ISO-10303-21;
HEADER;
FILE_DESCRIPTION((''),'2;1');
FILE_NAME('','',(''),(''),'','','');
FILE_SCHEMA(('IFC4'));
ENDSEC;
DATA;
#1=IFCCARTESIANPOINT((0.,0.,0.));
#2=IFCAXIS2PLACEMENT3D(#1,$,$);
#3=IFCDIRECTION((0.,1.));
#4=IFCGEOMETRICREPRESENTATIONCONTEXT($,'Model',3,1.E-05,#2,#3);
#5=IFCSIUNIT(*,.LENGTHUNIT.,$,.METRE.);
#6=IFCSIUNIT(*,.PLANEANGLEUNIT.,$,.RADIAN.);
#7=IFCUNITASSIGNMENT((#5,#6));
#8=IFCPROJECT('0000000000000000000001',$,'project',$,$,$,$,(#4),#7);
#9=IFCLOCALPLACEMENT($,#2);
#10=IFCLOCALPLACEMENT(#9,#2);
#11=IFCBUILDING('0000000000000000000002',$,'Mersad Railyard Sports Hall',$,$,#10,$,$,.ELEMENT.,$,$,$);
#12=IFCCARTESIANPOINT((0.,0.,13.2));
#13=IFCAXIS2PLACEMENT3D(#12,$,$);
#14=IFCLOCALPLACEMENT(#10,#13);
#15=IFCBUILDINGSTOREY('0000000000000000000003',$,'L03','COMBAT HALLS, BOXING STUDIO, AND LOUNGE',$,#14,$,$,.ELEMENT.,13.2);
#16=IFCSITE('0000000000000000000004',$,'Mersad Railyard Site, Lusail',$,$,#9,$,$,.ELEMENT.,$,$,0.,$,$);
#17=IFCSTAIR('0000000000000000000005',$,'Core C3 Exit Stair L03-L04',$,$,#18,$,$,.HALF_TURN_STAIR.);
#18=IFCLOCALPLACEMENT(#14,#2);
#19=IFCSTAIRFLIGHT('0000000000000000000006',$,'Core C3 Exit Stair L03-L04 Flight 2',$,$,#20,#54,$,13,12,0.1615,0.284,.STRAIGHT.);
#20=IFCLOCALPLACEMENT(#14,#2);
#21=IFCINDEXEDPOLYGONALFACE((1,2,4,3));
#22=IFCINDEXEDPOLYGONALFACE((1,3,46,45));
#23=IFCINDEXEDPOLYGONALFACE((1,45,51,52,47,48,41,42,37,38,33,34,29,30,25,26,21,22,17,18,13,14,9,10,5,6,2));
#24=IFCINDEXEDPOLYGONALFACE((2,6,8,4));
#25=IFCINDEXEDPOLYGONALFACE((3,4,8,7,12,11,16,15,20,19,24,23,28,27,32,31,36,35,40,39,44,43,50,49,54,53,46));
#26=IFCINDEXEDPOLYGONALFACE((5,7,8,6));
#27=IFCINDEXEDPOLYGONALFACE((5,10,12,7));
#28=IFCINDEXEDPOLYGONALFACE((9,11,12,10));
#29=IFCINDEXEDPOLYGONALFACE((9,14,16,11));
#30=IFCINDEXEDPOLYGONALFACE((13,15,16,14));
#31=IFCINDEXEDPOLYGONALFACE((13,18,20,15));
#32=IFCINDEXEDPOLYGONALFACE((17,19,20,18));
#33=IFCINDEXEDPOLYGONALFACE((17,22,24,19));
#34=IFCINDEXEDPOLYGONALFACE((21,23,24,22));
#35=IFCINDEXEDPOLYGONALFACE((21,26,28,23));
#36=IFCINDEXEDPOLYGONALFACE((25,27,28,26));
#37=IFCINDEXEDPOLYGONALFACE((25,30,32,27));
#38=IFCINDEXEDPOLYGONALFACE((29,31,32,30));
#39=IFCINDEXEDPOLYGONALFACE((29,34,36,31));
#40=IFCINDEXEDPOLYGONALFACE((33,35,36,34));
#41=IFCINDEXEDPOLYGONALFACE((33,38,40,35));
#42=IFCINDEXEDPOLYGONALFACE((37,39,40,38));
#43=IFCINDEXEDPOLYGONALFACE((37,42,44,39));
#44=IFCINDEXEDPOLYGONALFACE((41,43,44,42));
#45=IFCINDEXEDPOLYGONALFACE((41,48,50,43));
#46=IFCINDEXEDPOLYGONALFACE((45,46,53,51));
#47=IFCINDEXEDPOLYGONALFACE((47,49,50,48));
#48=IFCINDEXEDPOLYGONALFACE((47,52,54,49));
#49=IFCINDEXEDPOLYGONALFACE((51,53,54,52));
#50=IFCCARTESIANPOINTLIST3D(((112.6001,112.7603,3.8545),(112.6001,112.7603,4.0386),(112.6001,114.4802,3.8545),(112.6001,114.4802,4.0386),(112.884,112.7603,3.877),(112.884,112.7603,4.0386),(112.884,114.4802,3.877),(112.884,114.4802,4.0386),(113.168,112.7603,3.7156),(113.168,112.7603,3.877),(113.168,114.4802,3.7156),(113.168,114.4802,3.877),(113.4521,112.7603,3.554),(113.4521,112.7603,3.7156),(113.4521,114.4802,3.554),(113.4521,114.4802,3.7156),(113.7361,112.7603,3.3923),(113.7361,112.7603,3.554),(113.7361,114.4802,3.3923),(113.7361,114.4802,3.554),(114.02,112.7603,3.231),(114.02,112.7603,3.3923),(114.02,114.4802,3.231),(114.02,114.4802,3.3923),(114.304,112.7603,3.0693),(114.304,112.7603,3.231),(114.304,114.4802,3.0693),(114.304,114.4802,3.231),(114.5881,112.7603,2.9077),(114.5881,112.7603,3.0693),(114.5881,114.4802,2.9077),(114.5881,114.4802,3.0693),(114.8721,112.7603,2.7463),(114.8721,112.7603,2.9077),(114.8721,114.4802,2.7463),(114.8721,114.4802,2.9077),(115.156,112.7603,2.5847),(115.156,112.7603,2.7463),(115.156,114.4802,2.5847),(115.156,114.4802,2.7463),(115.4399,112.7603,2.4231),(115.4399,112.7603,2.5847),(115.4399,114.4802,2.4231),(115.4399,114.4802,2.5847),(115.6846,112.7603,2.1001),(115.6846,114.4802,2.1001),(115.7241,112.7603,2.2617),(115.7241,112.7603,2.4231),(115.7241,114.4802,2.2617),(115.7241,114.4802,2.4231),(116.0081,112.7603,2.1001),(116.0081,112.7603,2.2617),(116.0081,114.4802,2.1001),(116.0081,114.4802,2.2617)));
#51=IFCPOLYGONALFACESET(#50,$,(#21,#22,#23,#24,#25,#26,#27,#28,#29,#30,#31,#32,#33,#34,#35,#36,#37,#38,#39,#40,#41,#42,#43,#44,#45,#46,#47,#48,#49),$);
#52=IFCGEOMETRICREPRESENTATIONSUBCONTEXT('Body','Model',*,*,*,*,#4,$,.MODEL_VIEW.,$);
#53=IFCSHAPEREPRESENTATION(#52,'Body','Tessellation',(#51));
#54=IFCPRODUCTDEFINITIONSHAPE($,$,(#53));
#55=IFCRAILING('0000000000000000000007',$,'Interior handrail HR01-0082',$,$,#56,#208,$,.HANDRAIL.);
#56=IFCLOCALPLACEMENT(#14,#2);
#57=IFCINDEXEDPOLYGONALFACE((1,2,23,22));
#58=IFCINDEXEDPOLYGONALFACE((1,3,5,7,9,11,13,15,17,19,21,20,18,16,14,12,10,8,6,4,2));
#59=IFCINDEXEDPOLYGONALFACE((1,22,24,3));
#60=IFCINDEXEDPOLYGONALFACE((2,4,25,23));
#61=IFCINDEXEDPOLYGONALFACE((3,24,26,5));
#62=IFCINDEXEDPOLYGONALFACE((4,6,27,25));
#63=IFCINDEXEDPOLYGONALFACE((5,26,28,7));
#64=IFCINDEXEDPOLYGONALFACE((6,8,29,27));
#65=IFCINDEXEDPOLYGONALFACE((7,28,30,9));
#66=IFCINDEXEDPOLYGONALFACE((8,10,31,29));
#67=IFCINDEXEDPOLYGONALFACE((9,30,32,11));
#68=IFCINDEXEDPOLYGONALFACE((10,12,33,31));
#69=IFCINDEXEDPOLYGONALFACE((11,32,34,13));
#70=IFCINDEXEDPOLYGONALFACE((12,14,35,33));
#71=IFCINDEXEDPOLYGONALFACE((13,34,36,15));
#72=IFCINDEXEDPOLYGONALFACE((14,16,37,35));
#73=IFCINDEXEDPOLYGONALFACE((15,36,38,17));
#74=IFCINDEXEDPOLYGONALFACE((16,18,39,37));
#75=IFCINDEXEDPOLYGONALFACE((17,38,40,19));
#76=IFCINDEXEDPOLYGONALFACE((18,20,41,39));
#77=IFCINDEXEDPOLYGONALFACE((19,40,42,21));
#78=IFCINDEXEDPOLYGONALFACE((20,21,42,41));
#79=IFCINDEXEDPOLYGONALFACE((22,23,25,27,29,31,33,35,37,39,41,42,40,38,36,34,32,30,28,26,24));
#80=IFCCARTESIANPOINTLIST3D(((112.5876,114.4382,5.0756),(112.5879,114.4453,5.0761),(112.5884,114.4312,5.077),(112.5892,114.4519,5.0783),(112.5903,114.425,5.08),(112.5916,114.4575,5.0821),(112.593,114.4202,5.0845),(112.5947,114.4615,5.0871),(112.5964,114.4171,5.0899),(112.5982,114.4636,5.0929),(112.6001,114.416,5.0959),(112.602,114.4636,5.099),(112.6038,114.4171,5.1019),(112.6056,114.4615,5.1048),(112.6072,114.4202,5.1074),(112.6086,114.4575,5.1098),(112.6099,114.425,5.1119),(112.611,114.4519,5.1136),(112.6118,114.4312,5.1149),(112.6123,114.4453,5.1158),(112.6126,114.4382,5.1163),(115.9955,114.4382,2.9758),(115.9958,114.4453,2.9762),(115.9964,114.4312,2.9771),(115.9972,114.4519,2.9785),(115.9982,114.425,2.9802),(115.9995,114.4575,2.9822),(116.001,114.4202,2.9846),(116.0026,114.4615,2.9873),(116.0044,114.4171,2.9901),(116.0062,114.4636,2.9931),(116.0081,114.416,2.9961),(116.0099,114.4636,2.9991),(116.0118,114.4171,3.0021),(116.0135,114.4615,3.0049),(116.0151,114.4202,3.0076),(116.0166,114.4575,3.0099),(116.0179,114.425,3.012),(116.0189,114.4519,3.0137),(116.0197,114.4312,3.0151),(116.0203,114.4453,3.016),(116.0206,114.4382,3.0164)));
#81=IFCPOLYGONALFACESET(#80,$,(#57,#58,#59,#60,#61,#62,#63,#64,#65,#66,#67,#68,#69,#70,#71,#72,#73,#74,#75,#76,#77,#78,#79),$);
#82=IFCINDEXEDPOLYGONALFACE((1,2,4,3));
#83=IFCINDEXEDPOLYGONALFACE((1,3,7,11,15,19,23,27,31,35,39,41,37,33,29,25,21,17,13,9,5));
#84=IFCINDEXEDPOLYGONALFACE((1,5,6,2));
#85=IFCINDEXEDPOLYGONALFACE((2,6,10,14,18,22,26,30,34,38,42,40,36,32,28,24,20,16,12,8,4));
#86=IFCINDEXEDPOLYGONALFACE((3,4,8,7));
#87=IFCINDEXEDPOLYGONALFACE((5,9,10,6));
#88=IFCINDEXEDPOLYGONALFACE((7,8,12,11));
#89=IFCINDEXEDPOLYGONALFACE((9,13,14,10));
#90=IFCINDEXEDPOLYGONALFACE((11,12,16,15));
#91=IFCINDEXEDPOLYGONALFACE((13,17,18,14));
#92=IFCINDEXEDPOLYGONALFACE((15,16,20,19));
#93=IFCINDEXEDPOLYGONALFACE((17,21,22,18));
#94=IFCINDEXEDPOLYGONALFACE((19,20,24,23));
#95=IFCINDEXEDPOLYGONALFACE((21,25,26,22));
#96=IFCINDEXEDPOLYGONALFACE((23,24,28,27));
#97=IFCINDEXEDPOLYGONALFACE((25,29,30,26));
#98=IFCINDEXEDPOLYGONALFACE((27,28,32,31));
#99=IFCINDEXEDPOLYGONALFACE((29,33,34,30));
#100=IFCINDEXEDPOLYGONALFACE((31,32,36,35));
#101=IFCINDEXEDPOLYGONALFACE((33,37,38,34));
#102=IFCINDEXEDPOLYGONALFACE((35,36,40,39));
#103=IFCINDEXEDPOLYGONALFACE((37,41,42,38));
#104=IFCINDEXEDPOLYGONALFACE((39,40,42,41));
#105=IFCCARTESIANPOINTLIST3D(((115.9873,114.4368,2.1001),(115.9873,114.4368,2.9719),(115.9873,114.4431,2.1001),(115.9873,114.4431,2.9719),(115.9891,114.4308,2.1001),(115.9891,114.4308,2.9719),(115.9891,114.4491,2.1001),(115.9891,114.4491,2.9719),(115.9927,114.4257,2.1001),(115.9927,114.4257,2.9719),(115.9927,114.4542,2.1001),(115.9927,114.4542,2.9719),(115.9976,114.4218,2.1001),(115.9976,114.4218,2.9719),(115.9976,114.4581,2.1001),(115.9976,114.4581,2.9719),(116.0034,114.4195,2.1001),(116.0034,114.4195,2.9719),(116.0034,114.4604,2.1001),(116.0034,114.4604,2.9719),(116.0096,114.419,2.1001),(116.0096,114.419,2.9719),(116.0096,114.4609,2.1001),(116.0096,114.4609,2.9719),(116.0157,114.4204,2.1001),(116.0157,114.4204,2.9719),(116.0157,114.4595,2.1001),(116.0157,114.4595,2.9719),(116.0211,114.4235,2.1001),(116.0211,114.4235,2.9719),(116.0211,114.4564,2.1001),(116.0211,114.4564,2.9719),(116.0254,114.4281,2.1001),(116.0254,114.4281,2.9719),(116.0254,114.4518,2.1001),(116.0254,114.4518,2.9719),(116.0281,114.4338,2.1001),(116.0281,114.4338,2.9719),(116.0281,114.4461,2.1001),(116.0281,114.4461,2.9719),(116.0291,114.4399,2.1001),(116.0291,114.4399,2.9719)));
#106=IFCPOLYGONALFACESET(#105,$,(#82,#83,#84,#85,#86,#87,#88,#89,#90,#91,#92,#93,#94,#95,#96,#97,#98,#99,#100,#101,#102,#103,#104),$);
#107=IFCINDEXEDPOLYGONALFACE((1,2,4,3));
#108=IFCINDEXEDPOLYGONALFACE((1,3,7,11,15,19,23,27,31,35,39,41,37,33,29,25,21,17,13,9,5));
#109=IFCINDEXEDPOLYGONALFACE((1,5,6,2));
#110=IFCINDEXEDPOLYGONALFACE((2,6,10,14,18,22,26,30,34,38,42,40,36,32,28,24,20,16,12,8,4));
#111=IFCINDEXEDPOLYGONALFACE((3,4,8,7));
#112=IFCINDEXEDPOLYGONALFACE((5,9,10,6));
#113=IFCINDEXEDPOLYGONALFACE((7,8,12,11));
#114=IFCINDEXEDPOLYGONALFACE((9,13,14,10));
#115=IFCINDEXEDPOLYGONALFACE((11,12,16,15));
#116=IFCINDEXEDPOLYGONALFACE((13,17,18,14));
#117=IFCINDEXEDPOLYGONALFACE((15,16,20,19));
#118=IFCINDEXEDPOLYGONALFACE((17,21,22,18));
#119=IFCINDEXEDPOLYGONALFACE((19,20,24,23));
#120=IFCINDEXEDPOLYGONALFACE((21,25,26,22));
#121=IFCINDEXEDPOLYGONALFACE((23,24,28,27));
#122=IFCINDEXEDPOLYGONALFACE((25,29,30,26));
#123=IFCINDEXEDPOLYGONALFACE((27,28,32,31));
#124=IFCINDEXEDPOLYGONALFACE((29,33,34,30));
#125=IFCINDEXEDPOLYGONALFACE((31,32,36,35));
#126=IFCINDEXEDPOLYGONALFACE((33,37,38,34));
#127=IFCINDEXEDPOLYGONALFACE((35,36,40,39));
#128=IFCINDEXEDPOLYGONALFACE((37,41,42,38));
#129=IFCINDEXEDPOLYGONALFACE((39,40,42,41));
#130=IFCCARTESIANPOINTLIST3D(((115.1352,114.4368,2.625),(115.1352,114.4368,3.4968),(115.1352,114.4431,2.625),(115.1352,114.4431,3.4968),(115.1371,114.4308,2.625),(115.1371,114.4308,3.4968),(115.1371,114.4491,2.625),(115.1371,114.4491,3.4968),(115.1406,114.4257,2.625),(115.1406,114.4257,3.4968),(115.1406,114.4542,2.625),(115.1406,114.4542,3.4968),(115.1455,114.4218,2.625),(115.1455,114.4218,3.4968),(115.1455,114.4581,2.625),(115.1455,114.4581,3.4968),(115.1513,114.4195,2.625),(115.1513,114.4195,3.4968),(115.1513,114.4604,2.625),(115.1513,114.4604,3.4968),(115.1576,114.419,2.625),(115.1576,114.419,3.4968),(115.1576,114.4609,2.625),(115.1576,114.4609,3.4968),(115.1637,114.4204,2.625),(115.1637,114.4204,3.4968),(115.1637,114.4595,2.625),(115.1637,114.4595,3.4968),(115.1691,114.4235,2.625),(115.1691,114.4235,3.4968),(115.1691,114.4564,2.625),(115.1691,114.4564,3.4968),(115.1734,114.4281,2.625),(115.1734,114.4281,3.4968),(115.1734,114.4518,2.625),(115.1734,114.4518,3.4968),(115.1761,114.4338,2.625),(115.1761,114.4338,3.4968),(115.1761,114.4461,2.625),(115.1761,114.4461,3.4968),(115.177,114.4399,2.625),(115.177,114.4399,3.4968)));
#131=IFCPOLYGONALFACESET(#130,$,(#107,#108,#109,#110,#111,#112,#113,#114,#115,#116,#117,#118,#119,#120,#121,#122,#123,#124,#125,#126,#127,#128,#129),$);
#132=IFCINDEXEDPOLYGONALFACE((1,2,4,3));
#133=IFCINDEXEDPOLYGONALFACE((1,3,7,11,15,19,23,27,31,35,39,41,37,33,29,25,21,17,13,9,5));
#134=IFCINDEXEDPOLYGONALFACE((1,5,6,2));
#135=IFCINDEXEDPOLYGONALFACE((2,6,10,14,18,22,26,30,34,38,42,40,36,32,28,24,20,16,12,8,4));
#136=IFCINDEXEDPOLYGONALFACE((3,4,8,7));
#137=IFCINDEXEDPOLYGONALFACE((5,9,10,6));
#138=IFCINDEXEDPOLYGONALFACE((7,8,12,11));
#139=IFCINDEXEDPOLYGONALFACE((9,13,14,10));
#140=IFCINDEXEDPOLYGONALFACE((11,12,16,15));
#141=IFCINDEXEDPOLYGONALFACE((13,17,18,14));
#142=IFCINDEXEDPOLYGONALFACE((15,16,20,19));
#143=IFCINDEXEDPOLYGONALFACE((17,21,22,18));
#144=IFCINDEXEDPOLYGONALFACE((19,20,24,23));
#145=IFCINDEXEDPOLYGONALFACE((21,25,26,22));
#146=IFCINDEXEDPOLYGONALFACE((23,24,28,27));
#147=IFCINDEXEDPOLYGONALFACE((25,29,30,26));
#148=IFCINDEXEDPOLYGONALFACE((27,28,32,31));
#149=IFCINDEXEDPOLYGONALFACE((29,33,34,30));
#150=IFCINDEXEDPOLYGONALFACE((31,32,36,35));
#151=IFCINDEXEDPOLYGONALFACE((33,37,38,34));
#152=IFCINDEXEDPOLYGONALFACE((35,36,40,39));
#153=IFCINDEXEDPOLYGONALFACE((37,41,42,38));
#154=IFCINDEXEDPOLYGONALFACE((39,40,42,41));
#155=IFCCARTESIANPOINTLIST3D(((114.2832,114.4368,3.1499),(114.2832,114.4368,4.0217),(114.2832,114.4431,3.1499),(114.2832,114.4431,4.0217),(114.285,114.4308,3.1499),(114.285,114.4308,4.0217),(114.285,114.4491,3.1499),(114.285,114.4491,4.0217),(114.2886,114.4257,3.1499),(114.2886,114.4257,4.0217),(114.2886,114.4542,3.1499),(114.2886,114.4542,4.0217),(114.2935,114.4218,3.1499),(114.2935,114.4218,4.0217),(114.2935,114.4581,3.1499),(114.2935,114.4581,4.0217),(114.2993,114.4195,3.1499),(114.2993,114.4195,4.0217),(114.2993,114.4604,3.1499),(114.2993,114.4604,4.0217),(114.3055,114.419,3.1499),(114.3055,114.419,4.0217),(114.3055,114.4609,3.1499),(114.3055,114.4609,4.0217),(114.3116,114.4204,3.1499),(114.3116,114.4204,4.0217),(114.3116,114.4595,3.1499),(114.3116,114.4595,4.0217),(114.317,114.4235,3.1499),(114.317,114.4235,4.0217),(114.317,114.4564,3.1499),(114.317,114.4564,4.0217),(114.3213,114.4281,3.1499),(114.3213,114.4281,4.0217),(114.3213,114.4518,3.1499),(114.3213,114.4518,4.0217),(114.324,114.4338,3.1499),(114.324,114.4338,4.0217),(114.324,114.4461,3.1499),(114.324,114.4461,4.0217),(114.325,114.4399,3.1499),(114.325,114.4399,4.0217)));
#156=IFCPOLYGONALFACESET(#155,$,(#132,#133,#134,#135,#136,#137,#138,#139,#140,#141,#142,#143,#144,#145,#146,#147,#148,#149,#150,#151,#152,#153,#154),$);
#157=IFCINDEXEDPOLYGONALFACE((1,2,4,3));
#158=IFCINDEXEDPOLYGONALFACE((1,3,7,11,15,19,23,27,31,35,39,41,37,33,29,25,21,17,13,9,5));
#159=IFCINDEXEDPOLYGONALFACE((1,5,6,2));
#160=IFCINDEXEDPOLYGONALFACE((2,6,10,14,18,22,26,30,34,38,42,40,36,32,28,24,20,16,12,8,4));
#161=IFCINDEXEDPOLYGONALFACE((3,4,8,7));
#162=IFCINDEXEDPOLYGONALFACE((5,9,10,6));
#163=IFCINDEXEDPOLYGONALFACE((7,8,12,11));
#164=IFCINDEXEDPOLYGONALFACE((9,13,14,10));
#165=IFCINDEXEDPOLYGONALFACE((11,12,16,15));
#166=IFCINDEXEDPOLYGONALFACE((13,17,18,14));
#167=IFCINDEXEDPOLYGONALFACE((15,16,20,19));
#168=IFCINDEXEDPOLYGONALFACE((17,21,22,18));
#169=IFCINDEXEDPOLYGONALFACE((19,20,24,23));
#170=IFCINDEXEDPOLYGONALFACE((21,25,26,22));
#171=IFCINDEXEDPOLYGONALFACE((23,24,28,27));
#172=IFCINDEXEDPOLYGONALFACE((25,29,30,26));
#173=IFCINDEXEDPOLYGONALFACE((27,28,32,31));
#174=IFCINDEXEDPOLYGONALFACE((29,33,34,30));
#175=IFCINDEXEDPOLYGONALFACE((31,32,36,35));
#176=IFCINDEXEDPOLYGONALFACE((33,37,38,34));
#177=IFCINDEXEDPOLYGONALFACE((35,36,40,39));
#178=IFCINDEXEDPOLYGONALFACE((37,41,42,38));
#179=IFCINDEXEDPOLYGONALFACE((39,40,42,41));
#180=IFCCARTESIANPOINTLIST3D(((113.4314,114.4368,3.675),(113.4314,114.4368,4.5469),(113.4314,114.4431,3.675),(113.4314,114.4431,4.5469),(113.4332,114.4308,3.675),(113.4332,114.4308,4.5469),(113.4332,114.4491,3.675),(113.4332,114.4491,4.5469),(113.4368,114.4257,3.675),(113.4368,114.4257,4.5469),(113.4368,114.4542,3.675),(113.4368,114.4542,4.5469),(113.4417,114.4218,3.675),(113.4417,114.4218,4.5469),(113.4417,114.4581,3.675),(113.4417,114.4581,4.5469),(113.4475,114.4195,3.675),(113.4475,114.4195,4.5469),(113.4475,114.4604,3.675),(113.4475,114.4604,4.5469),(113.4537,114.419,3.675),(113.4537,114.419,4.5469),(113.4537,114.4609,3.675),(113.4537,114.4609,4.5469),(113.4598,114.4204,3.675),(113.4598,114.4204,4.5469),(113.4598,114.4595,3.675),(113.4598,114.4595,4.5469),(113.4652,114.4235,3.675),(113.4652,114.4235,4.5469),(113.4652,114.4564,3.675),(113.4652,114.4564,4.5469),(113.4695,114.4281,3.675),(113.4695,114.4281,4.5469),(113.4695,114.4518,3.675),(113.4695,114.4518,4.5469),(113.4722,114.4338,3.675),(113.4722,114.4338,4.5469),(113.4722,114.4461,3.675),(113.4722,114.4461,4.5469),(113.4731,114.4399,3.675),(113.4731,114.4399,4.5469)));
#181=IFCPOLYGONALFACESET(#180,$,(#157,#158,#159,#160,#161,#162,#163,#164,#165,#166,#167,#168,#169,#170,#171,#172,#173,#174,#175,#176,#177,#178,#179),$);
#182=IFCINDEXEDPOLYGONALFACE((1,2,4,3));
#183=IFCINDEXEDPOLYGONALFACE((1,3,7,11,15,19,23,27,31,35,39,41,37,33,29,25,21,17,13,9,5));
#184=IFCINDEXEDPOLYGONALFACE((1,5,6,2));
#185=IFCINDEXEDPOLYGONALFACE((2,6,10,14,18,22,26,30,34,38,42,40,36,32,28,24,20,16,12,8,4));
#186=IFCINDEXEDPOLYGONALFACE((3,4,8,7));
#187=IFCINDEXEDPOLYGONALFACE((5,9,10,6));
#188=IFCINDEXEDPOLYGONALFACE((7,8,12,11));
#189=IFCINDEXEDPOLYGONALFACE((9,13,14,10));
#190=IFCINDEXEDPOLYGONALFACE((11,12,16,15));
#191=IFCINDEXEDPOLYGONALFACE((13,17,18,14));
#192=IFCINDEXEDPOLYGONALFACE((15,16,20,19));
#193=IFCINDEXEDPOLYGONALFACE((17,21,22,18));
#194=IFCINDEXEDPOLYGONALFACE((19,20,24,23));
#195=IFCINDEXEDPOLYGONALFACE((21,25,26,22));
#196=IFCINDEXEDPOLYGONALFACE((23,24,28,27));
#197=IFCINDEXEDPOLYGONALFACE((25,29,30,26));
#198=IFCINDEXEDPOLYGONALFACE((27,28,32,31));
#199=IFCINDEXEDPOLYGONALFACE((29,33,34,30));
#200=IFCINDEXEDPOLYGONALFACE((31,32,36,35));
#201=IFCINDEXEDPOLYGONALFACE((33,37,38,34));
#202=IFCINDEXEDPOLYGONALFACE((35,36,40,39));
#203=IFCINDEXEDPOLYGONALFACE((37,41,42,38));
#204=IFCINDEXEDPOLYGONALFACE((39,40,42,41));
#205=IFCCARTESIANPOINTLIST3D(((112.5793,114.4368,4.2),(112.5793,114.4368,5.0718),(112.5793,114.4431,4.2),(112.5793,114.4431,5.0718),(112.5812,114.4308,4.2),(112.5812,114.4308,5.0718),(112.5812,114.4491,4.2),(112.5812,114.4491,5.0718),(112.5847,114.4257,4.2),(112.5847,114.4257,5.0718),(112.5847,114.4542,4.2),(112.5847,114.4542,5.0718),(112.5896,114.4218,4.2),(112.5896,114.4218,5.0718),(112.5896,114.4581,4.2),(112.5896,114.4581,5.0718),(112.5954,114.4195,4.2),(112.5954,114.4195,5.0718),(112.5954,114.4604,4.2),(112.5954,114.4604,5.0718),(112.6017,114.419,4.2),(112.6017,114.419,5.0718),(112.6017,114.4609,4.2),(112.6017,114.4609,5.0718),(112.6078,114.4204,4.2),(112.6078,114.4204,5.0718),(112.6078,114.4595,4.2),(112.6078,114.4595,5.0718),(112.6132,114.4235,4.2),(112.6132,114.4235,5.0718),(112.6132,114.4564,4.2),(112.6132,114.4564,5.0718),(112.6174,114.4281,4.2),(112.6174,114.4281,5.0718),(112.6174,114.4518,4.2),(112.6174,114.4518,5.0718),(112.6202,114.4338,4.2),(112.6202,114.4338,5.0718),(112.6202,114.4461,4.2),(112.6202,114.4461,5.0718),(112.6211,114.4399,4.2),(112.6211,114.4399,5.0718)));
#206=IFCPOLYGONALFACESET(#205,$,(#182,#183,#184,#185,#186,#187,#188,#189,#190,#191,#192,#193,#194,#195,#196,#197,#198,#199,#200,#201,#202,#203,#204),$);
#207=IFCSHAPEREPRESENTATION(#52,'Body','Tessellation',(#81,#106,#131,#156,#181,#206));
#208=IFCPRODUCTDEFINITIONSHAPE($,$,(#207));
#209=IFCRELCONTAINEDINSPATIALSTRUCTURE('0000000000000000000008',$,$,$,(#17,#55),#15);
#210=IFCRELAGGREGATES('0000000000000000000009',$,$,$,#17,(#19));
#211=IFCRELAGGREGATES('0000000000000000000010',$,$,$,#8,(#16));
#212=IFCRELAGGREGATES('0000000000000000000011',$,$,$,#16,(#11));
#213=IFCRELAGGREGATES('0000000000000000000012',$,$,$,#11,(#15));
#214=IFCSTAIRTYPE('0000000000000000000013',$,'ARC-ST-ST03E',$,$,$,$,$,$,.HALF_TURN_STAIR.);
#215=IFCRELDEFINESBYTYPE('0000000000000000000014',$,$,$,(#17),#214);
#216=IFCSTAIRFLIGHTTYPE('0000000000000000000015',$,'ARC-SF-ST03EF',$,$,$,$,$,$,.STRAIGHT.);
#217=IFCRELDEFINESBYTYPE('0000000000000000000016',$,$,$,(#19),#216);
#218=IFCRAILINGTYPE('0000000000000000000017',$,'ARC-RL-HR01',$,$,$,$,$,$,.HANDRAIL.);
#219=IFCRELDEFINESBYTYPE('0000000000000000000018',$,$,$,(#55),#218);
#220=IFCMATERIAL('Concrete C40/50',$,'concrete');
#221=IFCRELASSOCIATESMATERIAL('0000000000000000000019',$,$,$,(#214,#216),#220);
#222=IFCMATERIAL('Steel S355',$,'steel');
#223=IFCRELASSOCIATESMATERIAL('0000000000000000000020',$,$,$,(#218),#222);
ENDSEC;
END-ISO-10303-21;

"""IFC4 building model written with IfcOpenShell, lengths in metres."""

from ifc_helpers import new_model, si_unit, direction, frame, origin, origin_2d, place, context, subcontext, project, spatial, polyline, circle, outline, extrude, material, type_object, element, aggregate, save


model = new_model("IFC4")

# Units and contexts
model_context = context("Model", 3, precision=1e-05, world=origin(), true_north=direction((0.0, 1.0)))
body_context = subcontext(model_context, "Body", "Model", "MODEL_VIEW")
ifc_project = project(units=[si_unit("LENGTHUNIT", "METRE"), si_unit("PLANEANGLEUNIT", "RADIAN")], contexts=[model_context])

# Site, building, storey
site_placement = place(None, origin())
site = spatial("IfcSite", under=ifc_project, at=site_placement, Name="Mersad Railyard Site, Lusail", CompositionType="ELEMENT", RefElevation=0.0)
building_placement = place(site_placement, origin())
building = spatial("IfcBuilding", under=site, at=building_placement, Name="Mersad Railyard Sports Hall", CompositionType="ELEMENT")
storey_placement = place(building_placement, frame((0.0, 0.0, 13.2)))
storey = spatial("IfcBuildingStorey", under=building, at=storey_placement, Name="L03", Description="COMBAT HALLS, BOXING STUDIO, AND LOUNGE", CompositionType="ELEMENT", Elevation=13.2)

# Shared definitions
ifc_material_1 = material(Name="Concrete C40/50", Category="concrete")
ifc_material_2 = material(Name="Steel S355", Category="steel")

# Stair, stair flight
stair_type = type_object("IfcStairType", Name="ARC-ST-ST03E", PredefinedType="HALF_TURN_STAIR", material=ifc_material_1)
stair_placement = place(storey_placement, origin())
stair = element("IfcStair", 1, at=stair_placement, inside=storey, type_object=stair_type, Name="Core C3 Exit Stair L03-L04", PredefinedType="HALF_TURN_STAIR")
stair_flight_type = type_object("IfcStairFlightType", Name="ARC-SF-ST03EF", PredefinedType="STRAIGHT", material=ifc_material_1)
stair_flight_placement = place(storey_placement, frame((116.0081, 113.6201, 2.1001), z_axis=(0.0, 0.0, 1.0), x_axis=(-1.0, 0.0, 0.0)))
stair_flight = element("IfcStairFlight", 2, at=stair_flight_placement, type_object=stair_flight_type, Name="Core C3 Exit Stair L03-L04 Flight 2", NumberOfRisers=13, NumberOfTreads=12, PredefinedType="STRAIGHT", RiserHeight=0.1615, TreadLength=0.284, context=body_context, shape_type="SweptSolid", body=[
    extrude(outline(polyline([(0.0, 0.0), (0.0, 0.1616), (0.2839, 0.1616), (0.2839, 0.323), (0.5681, 0.323), (0.5681, 0.4846), (0.8521, 0.4846), (0.8521, 0.6462), (1.136, 0.6462), (1.136, 0.8076), (1.4199, 0.8076), (1.4199, 0.9692), (1.7041, 0.9692), (1.7041, 1.1309), (1.988, 1.1309), (1.988, 1.2922), (2.272, 1.2922), (2.272, 1.4539), (2.5559, 1.4539), (2.5559, 1.6155), (2.8401, 1.6155), (2.8401, 1.7769), (3.124, 1.7769), (3.124, 1.9385), (3.408, 1.9385), (3.408, 2.1001), (3.408, 1.7544), (0.3235, 0.0), (0.0, 0.0)])), frame((0.0, 0.8599, 0.0), z_axis=(0.0, -1.0, 0.0), x_axis=(1.0, 0.0, 0.0)), (0.0, 0.0, 1.0), 1.72),
])
aggregate(stair, [stair_flight])

# Railing
railing_type_1 = type_object("IfcRailingType", Name="ARC-RL-HR01", PredefinedType="HANDRAIL", material=ifc_material_2)
railing_1_placement = place(storey_placement, frame((116.0081, 114.4399, 2.1001)))
element("IfcRailing", 3, at=railing_1_placement, inside=storey, type_object=railing_type_1, Name="Interior handrail HR01-0082", PredefinedType="HANDRAIL", context=body_context, shape_type="SweptSolid", body=[
    extrude(circle(Radius=0.0239, at=origin_2d()), frame((0.0, 0.0, 0.896), z_axis=(-0.851363, 0.0, 0.524577), x_axis=(0.0, -1.0, 0.0)), (0.0, 0.0, 1.0), 4.0029),
    extrude(circle(Radius=0.021, at=origin_2d()), origin(), (0.0, 0.0, 1.0), 0.8718),
    extrude(circle(Radius=0.021, at=origin_2d()), frame((-0.8521, 0.0, 0.5249)), (0.0, 0.0, 1.0), 0.8718),
    extrude(circle(Radius=0.021, at=origin_2d()), frame((-1.7041, 0.0, 1.0498)), (0.0, 0.0, 1.0), 0.8718),
    extrude(circle(Radius=0.021, at=origin_2d()), frame((-2.5559, 0.0, 1.575)), (0.0, 0.0, 1.0), 0.8718),
    extrude(circle(Radius=0.021, at=origin_2d()), frame((-3.408, 0.0, 2.0999)), (0.0, 0.0, 1.0), 0.8718),
])

save(model, "model.ifc")
